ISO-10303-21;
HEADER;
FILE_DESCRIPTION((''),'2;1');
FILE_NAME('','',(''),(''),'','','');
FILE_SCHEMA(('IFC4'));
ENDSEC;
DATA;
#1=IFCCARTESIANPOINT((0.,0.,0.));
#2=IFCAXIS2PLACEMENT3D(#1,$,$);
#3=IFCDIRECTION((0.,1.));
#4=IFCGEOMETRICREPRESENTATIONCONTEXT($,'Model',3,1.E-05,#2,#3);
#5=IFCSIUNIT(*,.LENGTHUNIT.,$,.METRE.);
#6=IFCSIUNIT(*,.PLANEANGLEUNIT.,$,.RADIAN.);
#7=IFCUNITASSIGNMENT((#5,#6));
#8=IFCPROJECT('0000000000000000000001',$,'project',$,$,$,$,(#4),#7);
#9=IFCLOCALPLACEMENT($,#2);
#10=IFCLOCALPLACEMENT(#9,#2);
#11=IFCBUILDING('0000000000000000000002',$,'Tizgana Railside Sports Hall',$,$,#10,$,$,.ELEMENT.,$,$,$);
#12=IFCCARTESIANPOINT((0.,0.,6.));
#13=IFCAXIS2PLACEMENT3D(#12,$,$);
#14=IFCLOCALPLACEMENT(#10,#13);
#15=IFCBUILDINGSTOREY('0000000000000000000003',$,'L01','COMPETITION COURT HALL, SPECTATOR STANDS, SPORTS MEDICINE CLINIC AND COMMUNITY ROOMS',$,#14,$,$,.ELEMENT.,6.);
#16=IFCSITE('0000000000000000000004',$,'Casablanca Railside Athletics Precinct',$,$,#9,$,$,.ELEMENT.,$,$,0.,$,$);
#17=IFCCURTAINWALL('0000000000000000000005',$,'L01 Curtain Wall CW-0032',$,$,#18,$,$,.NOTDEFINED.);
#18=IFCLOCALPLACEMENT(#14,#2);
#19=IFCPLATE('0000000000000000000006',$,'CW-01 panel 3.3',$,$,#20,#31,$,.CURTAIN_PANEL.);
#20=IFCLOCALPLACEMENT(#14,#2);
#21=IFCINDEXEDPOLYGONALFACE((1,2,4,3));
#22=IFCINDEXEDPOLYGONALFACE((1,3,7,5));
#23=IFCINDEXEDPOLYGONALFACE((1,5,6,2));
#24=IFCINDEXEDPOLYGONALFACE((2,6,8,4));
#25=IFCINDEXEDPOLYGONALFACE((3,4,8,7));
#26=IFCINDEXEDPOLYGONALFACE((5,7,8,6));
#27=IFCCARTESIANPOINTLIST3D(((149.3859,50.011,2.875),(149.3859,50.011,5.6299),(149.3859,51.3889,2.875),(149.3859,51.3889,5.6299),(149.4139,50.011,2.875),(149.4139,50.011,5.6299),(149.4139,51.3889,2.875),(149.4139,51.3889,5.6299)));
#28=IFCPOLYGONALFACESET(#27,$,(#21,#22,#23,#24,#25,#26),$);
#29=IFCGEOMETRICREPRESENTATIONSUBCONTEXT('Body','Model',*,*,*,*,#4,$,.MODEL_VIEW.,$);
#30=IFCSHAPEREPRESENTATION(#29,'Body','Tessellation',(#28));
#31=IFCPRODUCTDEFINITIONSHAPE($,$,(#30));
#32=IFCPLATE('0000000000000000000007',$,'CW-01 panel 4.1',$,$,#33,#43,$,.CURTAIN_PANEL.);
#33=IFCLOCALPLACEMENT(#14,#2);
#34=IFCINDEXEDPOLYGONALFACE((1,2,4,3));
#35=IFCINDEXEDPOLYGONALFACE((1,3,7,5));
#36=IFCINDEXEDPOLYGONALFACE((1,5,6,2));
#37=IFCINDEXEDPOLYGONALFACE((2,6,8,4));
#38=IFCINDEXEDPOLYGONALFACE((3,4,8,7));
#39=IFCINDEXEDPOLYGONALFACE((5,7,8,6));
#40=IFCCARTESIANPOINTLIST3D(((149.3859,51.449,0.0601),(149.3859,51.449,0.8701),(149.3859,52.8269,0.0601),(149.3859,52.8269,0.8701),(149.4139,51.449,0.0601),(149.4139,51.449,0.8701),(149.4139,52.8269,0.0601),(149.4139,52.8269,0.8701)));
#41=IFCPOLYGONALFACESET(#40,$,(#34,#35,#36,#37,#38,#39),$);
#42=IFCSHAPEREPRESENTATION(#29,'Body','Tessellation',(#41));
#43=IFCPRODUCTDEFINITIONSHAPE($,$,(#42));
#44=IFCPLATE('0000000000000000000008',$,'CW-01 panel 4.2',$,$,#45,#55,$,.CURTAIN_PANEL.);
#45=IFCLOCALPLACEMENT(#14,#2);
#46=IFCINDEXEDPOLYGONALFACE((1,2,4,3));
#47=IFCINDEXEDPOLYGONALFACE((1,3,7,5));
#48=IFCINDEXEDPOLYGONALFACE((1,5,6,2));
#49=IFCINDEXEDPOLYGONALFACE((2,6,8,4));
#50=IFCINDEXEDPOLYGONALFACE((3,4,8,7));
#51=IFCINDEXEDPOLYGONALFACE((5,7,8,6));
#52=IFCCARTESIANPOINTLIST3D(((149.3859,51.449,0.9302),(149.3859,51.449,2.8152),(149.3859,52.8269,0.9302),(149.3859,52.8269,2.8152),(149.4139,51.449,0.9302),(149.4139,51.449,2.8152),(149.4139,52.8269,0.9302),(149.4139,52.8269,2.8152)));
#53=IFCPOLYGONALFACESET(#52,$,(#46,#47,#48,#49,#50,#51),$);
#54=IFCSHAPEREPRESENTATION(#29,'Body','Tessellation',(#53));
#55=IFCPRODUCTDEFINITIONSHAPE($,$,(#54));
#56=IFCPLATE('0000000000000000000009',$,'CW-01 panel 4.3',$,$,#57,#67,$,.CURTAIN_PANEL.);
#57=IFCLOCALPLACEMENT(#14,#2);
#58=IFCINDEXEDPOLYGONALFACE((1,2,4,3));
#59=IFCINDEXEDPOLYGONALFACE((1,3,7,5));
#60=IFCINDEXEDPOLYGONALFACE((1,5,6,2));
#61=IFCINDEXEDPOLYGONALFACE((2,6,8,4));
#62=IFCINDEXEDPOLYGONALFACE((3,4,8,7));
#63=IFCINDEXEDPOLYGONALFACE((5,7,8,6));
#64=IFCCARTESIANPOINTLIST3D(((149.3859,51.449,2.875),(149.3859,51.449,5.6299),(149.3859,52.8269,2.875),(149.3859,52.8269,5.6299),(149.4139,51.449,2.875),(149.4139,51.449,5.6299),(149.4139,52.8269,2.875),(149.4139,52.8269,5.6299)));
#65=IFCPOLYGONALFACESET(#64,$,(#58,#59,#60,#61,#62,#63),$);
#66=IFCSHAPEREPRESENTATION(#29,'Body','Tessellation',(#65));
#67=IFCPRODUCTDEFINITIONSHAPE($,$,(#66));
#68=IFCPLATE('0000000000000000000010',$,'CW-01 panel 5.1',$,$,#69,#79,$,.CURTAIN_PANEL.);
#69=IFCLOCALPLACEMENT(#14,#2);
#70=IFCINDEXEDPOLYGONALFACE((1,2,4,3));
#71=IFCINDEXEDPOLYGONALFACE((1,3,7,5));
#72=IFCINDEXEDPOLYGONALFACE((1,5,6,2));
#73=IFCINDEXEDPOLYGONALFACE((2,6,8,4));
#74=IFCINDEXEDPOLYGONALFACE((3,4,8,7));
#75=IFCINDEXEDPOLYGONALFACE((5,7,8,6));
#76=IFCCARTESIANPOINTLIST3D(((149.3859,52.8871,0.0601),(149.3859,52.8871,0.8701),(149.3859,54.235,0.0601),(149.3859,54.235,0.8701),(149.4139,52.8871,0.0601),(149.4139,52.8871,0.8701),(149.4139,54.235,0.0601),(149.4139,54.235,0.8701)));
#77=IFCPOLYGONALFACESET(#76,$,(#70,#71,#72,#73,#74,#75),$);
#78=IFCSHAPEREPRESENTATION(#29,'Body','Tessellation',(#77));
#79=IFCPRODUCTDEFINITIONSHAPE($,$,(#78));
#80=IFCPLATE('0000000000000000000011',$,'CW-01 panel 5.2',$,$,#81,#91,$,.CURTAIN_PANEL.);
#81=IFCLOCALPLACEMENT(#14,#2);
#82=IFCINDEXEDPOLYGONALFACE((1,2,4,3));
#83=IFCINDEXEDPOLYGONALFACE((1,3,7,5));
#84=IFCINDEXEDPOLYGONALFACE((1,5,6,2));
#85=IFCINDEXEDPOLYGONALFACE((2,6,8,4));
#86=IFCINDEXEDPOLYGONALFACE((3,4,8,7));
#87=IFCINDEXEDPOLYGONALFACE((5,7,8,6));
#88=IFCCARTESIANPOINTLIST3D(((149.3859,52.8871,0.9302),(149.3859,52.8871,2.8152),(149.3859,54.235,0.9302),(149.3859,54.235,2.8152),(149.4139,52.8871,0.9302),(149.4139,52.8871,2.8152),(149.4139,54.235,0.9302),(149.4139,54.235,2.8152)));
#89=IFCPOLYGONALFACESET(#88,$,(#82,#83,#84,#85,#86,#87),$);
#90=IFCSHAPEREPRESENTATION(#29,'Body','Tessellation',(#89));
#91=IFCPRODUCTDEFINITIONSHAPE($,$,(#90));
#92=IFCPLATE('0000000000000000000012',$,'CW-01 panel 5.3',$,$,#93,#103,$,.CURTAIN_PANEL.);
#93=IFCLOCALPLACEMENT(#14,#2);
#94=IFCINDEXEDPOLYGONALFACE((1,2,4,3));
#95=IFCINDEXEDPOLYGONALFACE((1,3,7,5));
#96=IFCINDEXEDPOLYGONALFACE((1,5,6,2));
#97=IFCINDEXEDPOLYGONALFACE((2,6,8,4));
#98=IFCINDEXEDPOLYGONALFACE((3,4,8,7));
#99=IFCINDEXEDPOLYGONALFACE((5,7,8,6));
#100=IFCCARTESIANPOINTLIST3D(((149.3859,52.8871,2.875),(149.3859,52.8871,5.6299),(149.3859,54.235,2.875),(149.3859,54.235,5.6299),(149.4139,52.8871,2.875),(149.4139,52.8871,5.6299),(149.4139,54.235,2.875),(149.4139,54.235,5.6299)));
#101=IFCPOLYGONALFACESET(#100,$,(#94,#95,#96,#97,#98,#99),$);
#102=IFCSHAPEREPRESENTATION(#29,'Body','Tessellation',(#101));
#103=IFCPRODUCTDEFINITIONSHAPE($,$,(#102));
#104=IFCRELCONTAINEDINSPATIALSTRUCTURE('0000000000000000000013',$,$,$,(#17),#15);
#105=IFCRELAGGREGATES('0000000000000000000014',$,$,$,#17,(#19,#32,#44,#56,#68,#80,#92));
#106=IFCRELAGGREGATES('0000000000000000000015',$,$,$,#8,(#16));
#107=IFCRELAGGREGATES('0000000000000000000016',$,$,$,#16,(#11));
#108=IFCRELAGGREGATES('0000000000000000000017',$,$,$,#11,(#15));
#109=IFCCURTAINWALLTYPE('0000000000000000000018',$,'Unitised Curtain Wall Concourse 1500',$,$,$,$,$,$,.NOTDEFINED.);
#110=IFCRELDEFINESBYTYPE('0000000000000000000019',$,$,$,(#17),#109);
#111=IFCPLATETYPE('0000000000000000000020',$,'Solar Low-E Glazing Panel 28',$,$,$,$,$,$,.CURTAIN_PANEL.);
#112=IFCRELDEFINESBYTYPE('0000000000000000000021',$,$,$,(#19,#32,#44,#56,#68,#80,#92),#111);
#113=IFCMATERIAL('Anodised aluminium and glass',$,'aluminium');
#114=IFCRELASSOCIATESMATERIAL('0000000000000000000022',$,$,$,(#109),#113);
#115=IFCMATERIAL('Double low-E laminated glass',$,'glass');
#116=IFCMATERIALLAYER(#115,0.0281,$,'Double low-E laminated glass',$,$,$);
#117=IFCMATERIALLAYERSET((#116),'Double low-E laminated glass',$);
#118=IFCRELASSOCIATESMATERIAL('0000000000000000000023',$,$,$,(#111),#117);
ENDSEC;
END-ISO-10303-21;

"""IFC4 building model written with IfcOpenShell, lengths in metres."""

from ifc_helpers import new_model, si_unit, direction, frame, origin, origin_2d, place, context, subcontext, project, spatial, rectangle, extrude, material, layer, layer_set, type_object, element, aggregate, save


model = new_model("IFC4")

# Units and contexts
model_context = context("Model", 3, precision=1e-05, world=origin(), true_north=direction((0.0, 1.0)))
body_context = subcontext(model_context, "Body", "Model", "MODEL_VIEW")
ifc_project = project(units=[si_unit("LENGTHUNIT", "METRE"), si_unit("PLANEANGLEUNIT", "RADIAN")], contexts=[model_context])

# Site, building, storey
site_placement = place(None, origin())
site = spatial("IfcSite", under=ifc_project, at=site_placement, Name="Casablanca Railside Athletics Precinct", CompositionType="ELEMENT", RefElevation=0.0)
building_placement = place(site_placement, origin())
building = spatial("IfcBuilding", under=site, at=building_placement, Name="Tizgana Railside Sports Hall", CompositionType="ELEMENT")
storey_placement = place(building_placement, frame((0.0, 0.0, 6.0)))
storey = spatial("IfcBuildingStorey", under=building, at=storey_placement, Name="L01", Description="COMPETITION COURT HALL, SPECTATOR STANDS, SPORTS MEDICINE CLINIC AND COMMUNITY ROOMS", CompositionType="ELEMENT", Elevation=6.0)

# Curtain wall
ifc_material_1 = material(Name="Anodised aluminium and glass", Category="aluminium")
curtain_wall_type_1 = type_object("IfcCurtainWallType", Name="Unitised Curtain Wall Concourse 1500", PredefinedType="NOTDEFINED", material=ifc_material_1)
curtain_wall_1_placement = place(storey_placement, origin())
curtain_wall_1 = element("IfcCurtainWall", 1, at=curtain_wall_1_placement, inside=storey, type_object=curtain_wall_type_1, Name="L01 Curtain Wall CW-0032", PredefinedType="NOTDEFINED")

# Plates
ifc_material_2 = material(Name="Double low-E laminated glass", Category="glass")
ifc_layer = layer(ifc_material_2, 0.0281, Name="Double low-E laminated glass")
ifc_layer_set = layer_set([ifc_layer], Name="Double low-E laminated glass")
plate_type = type_object("IfcPlateType", Name="Solar Low-E Glazing Panel 28", PredefinedType="CURTAIN_PANEL", material=ifc_layer_set)
plate_1_placement = place(storey_placement, frame((149.3999, 50.7, 2.875), z_axis=(0.0, 0.0, 1.0), x_axis=(0.0, 1.0, 0.0)))
plate_1 = element("IfcPlate", 2, at=plate_1_placement, type_object=plate_type, Name="CW-01 panel 3.3", PredefinedType="CURTAIN_PANEL", context=body_context, shape_type="SweptSolid", body=[
    extrude(rectangle(XDim=1.3779, YDim=0.0281, at=origin_2d()), origin(), (0.0, 0.0, 1.0), 2.7549),
])
plate_2_placement = place(storey_placement, frame((149.3999, 52.1379, 0.0601), z_axis=(0.0, 0.0, 1.0), x_axis=(0.0, 1.0, 0.0)))
plate_2 = element("IfcPlate", 3, at=plate_2_placement, type_object=plate_type, Name="CW-01 panel 4.1", PredefinedType="CURTAIN_PANEL", context=body_context, shape_type="SweptSolid", body=[
    extrude(rectangle(XDim=1.3779, YDim=0.0281, at=origin_2d()), origin(), (0.0, 0.0, 1.0), 0.8101),
])
plate_3_placement = place(storey_placement, frame((149.3999, 52.1379, 0.9302), z_axis=(0.0, 0.0, 1.0), x_axis=(0.0, 1.0, 0.0)))
plate_3 = element("IfcPlate", 4, at=plate_3_placement, type_object=plate_type, Name="CW-01 panel 4.2", PredefinedType="CURTAIN_PANEL", context=body_context, shape_type="SweptSolid", body=[
    extrude(rectangle(XDim=1.3779, YDim=0.0281, at=origin_2d()), origin(), (0.0, 0.0, 1.0), 1.885),
])
plate_4_placement = place(storey_placement, frame((149.3999, 52.1379, 2.875), z_axis=(0.0, 0.0, 1.0), x_axis=(0.0, 1.0, 0.0)))
plate_4 = element("IfcPlate", 5, at=plate_4_placement, type_object=plate_type, Name="CW-01 panel 4.3", PredefinedType="CURTAIN_PANEL", context=body_context, shape_type="SweptSolid", body=[
    extrude(rectangle(XDim=1.3779, YDim=0.0281, at=origin_2d()), origin(), (0.0, 0.0, 1.0), 2.7549),
])
plate_5_placement = place(storey_placement, frame((149.3999, 53.561, 0.0601), z_axis=(0.0, 0.0, 1.0), x_axis=(0.0, 1.0, 0.0)))
plate_5 = element("IfcPlate", 6, at=plate_5_placement, type_object=plate_type, Name="CW-01 panel 5.1", PredefinedType="CURTAIN_PANEL", context=body_context, shape_type="SweptSolid", body=[
    extrude(rectangle(XDim=1.3479, YDim=0.0281, at=origin_2d()), origin(), (0.0, 0.0, 1.0), 0.8101),
])
plate_6_placement = place(storey_placement, frame((149.3999, 53.561, 0.9302), z_axis=(0.0, 0.0, 1.0), x_axis=(0.0, 1.0, 0.0)))
plate_6 = element("IfcPlate", 7, at=plate_6_placement, type_object=plate_type, Name="CW-01 panel 5.2", PredefinedType="CURTAIN_PANEL", context=body_context, shape_type="SweptSolid", body=[
    extrude(rectangle(XDim=1.3479, YDim=0.0281, at=origin_2d()), origin(), (0.0, 0.0, 1.0), 1.885),
])
plate_7_placement = place(storey_placement, frame((149.3999, 53.561, 2.875), z_axis=(0.0, 0.0, 1.0), x_axis=(0.0, 1.0, 0.0)))
plate_7 = element("IfcPlate", 8, at=plate_7_placement, type_object=plate_type, Name="CW-01 panel 5.3", PredefinedType="CURTAIN_PANEL", context=body_context, shape_type="SweptSolid", body=[
    extrude(rectangle(XDim=1.3479, YDim=0.0281, at=origin_2d()), origin(), (0.0, 0.0, 1.0), 2.7549),
])
aggregate(curtain_wall_1, [plate_1, plate_2, plate_3, plate_4, plate_5, plate_6, plate_7])

save(model, "model.ifc")
